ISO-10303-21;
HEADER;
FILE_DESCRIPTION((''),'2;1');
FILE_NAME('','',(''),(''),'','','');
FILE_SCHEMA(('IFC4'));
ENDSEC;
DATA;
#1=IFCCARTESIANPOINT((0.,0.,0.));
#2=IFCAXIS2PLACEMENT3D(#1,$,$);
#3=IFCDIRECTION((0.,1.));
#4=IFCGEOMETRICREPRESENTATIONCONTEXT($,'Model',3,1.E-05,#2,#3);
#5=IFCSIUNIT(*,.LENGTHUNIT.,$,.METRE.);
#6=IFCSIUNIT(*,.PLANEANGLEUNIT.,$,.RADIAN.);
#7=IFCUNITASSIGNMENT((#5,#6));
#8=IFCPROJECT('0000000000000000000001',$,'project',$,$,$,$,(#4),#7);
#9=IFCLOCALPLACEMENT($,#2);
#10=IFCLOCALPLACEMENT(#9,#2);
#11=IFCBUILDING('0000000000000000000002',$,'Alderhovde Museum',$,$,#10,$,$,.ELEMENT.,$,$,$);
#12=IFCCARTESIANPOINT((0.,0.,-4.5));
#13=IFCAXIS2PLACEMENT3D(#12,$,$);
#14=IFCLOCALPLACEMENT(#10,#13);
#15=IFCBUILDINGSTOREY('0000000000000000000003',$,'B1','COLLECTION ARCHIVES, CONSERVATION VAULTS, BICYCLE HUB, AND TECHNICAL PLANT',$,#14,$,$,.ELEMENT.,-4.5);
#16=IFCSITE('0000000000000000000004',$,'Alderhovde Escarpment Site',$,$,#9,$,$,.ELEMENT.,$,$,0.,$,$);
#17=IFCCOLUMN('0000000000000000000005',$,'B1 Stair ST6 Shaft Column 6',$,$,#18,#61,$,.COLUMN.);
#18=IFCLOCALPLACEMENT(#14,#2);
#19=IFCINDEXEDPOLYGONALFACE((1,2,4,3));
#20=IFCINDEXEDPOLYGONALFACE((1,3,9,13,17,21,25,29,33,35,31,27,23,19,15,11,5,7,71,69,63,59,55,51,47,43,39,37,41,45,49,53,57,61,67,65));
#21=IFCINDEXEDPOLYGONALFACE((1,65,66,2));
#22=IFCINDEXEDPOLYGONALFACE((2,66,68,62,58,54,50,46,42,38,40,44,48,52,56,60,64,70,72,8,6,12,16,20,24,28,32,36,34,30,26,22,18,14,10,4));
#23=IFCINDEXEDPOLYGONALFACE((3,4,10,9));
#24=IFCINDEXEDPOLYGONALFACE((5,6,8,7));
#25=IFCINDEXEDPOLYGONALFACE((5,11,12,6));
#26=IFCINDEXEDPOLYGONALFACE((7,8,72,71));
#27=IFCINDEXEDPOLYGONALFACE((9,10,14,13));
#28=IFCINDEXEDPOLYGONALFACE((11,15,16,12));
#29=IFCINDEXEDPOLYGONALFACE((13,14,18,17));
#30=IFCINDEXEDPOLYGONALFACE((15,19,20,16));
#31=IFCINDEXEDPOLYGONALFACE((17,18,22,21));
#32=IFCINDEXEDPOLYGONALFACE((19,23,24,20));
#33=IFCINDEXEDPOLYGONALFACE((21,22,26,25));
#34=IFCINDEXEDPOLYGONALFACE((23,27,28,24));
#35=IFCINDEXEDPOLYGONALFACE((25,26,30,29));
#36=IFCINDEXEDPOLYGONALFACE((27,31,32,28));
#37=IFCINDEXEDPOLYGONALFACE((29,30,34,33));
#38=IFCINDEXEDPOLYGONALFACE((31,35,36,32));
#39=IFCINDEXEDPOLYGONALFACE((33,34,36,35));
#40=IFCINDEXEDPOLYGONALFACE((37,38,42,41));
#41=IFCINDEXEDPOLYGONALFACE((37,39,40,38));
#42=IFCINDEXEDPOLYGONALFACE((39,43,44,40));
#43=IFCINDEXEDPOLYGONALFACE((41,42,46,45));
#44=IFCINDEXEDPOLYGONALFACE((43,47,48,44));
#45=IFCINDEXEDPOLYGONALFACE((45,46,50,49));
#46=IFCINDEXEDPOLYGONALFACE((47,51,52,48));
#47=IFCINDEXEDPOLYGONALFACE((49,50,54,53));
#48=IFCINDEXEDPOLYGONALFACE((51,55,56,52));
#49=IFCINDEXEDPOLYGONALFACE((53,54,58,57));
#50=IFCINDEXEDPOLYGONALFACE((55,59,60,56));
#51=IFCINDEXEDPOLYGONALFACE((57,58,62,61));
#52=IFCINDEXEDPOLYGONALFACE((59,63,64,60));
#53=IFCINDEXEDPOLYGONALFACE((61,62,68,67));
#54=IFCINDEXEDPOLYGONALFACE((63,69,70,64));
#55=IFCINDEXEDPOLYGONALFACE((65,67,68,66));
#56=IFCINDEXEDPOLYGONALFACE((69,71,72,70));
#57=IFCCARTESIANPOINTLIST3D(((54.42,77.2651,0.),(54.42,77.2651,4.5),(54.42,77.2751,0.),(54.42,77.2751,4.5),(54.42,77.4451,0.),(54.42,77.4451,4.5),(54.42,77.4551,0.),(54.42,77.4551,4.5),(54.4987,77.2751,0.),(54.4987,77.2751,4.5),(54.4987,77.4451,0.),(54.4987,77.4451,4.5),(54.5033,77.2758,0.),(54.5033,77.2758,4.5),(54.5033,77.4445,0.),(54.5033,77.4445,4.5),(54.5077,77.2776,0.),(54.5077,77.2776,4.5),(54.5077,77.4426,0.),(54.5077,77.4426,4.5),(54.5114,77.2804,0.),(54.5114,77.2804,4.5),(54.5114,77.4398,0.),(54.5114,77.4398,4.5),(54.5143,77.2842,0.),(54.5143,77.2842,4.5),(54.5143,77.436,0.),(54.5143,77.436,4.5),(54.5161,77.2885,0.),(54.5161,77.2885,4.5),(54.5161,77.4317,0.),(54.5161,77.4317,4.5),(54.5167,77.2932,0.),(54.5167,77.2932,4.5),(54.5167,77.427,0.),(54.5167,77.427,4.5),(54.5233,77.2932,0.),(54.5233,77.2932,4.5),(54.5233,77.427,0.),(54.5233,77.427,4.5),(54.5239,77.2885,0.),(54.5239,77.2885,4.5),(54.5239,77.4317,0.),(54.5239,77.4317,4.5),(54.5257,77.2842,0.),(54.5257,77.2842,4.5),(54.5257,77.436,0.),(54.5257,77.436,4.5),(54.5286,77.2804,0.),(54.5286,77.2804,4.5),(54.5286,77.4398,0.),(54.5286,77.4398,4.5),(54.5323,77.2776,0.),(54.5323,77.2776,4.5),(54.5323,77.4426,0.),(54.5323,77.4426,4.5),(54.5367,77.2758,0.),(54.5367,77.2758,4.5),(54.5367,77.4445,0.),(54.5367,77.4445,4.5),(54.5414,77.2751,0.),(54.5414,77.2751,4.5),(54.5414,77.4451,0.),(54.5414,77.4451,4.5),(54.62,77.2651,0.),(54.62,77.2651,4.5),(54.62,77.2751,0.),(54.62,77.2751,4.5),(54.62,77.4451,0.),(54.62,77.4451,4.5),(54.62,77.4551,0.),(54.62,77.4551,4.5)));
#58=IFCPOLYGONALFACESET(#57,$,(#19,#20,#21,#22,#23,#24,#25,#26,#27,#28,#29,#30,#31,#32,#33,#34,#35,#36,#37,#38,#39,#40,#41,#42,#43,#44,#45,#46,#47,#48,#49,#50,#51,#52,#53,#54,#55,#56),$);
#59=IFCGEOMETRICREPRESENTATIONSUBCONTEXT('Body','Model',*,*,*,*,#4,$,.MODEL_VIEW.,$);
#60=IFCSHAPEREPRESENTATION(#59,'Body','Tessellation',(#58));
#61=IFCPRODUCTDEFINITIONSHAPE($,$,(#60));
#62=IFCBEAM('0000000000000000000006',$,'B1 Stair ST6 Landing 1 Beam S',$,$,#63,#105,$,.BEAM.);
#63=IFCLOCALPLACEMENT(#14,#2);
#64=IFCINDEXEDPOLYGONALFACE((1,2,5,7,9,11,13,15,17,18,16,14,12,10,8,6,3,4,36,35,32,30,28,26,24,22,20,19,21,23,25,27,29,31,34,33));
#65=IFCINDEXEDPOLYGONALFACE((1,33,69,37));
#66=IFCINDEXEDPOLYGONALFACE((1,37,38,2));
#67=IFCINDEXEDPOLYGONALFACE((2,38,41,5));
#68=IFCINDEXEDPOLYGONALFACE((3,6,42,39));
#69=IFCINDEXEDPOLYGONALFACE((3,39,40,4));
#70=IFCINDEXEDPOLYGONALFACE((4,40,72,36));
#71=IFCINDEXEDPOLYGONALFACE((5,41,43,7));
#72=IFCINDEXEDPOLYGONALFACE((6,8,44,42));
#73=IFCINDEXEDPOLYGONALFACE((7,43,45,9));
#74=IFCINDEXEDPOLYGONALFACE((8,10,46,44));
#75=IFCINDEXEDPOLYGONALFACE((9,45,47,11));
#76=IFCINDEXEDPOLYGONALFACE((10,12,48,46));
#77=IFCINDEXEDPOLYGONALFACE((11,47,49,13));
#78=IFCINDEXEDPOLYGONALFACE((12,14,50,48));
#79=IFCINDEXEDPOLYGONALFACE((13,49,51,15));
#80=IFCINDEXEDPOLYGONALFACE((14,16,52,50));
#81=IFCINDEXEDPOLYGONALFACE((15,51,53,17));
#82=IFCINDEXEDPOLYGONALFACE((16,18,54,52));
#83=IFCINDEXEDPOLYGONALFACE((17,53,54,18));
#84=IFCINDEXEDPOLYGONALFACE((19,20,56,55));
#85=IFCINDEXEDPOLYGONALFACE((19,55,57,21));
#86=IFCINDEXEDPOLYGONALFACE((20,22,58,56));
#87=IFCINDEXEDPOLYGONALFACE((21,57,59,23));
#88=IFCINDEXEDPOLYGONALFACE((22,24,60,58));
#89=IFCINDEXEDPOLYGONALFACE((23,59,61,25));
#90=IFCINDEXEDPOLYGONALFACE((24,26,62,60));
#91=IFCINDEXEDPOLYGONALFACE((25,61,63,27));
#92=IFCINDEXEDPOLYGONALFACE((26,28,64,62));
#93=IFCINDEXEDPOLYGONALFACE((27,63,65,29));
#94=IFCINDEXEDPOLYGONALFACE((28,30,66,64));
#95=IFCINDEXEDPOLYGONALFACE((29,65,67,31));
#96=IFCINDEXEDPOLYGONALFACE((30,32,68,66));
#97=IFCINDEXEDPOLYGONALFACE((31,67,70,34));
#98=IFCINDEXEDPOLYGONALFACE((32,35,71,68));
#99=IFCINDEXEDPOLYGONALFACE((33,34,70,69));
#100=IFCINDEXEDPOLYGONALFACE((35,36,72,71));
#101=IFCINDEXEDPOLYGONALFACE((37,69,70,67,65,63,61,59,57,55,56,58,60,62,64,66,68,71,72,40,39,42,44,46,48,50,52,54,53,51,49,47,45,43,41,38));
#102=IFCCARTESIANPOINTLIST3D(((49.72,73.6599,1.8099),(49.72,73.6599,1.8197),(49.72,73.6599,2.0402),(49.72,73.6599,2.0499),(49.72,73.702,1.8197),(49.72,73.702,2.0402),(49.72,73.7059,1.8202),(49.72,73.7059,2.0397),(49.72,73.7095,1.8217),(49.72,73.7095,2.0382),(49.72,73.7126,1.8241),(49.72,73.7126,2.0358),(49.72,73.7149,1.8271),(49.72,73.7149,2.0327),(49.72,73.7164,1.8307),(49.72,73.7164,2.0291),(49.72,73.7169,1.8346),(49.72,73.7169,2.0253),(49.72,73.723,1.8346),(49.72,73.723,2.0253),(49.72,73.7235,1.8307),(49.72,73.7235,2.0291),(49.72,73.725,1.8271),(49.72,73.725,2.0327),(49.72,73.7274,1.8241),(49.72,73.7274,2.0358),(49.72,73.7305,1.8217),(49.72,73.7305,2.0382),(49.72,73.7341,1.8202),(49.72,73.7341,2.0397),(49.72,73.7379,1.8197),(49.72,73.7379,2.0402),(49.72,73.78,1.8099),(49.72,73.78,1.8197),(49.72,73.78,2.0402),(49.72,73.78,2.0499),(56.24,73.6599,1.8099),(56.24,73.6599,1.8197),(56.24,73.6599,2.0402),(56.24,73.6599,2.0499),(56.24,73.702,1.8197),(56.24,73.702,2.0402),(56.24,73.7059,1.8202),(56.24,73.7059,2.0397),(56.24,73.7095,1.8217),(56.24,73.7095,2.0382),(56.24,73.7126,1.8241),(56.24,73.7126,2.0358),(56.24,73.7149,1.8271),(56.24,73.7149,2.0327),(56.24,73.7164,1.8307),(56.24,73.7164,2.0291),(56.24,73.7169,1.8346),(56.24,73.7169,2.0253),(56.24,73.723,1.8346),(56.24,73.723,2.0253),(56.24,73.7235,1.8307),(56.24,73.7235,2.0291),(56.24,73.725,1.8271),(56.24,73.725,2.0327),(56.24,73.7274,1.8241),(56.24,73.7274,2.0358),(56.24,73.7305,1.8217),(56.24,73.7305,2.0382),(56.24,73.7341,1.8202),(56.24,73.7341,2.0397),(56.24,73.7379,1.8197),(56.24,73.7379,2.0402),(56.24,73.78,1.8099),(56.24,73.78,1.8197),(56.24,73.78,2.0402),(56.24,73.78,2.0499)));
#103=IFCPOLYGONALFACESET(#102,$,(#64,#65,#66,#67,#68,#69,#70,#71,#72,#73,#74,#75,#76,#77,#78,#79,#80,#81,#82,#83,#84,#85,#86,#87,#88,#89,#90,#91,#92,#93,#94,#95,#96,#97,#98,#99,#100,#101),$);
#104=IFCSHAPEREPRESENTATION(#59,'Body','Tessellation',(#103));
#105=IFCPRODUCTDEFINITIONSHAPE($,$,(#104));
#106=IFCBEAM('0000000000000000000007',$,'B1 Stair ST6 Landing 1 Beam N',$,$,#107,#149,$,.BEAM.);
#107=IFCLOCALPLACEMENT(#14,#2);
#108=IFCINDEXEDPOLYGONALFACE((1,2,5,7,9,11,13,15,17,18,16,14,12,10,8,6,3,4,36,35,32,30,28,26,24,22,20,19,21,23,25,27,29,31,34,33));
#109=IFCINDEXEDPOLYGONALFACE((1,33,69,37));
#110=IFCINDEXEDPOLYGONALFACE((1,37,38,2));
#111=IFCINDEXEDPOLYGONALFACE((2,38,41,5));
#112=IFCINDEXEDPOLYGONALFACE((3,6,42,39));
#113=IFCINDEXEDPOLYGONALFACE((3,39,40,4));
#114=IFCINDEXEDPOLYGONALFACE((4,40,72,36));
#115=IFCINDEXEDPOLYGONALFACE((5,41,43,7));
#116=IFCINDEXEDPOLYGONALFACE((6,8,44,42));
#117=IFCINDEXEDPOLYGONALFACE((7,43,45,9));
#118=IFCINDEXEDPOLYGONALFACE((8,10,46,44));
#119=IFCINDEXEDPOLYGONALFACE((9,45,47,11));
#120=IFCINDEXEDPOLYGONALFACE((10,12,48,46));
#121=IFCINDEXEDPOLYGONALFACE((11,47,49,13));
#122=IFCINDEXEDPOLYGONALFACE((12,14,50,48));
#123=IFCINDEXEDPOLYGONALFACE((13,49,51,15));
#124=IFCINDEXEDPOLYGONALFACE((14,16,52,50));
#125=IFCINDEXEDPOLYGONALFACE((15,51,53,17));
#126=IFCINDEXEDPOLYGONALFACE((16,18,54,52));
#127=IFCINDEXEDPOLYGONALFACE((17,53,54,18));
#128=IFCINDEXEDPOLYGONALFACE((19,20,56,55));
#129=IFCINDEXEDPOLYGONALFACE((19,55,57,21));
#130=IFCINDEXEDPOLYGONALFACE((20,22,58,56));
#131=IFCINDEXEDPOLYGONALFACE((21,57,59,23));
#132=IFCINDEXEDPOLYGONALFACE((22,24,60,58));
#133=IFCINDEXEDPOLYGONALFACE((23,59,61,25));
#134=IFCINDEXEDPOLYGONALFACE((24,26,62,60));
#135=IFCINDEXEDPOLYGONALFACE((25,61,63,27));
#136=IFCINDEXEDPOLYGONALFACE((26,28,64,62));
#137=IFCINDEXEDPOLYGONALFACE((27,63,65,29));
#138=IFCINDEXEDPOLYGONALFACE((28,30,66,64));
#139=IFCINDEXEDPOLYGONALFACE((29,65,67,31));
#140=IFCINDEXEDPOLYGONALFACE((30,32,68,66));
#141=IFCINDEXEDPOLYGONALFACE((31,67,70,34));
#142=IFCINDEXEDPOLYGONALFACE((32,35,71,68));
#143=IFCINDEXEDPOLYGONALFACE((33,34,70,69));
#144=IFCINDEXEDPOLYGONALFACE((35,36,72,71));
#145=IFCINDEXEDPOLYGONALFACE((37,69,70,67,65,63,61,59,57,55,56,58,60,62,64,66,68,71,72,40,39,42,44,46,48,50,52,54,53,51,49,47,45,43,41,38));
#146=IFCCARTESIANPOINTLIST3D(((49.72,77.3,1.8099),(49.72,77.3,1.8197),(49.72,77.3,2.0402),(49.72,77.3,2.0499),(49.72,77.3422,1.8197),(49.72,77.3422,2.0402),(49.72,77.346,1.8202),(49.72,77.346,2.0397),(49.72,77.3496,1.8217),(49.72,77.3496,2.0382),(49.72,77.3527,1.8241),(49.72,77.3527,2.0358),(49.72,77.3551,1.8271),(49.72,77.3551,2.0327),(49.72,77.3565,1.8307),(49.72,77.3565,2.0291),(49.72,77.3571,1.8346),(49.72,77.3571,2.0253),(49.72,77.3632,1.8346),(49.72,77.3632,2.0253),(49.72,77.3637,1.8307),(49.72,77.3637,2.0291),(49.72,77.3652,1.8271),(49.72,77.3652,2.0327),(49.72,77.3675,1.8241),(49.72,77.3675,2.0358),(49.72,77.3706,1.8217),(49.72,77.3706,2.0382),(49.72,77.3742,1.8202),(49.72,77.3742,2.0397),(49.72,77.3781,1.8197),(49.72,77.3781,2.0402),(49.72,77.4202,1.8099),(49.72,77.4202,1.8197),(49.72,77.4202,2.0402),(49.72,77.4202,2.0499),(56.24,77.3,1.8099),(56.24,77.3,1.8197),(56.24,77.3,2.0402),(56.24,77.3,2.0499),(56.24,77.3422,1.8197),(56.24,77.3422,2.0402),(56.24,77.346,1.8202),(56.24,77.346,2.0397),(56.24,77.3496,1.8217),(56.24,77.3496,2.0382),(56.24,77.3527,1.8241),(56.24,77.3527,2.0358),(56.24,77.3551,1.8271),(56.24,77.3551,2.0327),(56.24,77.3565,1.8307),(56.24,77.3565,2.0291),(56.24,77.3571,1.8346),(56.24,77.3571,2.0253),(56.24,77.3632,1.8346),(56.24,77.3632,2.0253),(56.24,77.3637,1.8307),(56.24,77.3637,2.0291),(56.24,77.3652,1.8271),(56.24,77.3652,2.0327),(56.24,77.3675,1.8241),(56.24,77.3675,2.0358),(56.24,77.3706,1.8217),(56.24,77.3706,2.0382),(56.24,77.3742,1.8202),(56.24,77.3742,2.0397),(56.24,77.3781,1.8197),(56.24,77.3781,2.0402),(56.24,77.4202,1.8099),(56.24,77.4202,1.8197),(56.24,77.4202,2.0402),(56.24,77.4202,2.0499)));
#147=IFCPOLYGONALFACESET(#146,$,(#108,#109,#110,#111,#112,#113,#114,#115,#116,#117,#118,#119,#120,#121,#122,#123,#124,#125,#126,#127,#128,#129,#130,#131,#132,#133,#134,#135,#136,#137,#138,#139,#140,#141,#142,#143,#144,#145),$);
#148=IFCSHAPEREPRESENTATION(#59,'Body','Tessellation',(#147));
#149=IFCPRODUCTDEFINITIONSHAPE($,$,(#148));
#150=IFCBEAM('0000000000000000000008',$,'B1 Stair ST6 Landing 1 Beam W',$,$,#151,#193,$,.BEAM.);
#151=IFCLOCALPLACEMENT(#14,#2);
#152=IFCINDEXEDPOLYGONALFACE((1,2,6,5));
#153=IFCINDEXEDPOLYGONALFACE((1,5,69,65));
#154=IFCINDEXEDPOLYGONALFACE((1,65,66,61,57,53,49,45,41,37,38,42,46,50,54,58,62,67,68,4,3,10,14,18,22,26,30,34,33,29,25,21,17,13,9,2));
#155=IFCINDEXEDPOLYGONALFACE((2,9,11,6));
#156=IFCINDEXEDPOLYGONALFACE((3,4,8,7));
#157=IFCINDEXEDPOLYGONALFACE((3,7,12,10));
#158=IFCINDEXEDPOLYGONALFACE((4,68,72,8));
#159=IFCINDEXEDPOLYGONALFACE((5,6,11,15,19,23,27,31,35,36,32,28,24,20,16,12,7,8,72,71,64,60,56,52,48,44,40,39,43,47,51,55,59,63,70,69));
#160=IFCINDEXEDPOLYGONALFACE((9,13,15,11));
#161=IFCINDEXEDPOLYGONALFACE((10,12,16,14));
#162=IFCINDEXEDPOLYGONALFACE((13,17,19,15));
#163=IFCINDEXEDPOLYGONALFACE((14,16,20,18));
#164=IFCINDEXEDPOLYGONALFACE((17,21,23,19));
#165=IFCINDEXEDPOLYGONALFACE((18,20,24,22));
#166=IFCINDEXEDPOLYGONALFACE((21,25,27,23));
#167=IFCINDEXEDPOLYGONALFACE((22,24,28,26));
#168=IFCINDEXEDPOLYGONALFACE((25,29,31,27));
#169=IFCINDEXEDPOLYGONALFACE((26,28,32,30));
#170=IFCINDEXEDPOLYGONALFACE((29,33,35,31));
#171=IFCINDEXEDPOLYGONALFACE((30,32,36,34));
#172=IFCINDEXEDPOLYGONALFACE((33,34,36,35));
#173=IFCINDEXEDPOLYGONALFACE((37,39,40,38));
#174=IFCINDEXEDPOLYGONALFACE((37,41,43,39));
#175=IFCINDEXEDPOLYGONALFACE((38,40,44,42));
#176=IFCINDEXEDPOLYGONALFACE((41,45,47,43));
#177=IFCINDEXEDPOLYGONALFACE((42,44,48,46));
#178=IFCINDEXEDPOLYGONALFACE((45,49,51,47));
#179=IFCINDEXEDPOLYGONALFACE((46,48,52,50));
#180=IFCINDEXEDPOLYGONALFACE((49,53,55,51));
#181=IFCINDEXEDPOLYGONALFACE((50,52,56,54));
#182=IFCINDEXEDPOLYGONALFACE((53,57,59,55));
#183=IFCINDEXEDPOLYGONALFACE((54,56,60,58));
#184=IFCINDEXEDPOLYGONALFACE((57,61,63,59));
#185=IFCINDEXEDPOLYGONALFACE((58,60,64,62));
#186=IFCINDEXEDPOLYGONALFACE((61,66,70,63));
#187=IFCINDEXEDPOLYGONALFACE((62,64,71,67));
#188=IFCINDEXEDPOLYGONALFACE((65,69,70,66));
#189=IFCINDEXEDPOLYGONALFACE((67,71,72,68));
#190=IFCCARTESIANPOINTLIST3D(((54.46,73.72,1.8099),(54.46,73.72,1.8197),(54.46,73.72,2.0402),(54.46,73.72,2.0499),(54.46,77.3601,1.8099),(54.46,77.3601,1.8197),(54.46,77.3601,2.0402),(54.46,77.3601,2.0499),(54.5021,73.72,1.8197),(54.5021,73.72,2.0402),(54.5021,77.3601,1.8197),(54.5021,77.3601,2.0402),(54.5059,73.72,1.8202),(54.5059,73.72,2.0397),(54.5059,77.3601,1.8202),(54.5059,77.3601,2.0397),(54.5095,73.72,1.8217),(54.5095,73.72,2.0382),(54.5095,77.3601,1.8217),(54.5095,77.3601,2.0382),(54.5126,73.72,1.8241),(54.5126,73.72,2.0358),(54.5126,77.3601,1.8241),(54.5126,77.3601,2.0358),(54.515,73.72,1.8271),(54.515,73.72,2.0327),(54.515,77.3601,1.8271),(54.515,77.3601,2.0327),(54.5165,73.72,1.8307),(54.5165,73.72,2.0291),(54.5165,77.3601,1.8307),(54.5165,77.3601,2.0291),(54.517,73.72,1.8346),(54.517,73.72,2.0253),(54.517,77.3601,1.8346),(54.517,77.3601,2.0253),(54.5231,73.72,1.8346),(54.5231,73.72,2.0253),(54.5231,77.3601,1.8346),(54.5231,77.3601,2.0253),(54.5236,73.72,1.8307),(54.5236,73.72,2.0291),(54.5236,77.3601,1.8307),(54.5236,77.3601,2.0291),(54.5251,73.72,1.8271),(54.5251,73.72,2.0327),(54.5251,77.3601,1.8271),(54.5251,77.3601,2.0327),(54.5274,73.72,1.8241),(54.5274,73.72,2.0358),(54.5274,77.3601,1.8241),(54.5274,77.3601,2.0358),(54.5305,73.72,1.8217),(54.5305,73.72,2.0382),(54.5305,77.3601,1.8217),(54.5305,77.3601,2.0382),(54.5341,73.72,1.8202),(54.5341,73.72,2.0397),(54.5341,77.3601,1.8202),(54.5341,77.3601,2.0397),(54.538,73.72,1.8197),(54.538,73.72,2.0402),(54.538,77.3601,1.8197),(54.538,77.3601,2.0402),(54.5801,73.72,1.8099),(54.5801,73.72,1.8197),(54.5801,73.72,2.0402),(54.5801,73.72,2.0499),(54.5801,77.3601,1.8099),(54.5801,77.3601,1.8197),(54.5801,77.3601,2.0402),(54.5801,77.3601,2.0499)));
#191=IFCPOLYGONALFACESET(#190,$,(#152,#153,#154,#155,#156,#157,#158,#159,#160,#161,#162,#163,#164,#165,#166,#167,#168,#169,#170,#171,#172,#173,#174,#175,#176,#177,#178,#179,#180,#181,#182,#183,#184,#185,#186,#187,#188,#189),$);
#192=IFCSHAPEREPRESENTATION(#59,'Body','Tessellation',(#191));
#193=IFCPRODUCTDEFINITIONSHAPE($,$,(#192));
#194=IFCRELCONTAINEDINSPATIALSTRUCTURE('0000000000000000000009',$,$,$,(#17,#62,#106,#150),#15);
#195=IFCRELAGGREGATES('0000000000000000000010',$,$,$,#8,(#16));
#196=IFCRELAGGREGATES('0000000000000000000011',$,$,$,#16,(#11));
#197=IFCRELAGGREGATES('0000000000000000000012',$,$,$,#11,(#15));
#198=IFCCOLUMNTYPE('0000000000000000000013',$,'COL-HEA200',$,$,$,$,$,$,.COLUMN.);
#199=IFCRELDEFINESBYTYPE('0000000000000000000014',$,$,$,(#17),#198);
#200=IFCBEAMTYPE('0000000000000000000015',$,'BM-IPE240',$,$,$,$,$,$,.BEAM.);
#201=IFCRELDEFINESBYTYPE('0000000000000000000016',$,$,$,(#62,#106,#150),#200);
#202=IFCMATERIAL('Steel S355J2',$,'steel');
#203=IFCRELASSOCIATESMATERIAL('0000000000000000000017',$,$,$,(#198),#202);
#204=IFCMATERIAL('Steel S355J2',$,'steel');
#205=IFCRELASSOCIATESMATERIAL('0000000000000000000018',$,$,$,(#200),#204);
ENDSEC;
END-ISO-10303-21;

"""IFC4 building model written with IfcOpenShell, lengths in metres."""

from ifc_helpers import new_model, si_unit, direction, frame, origin, origin_2d, place, context, subcontext, project, spatial, i_section, extrude, material, material_profile, profile_set, type_object, element, save


model = new_model("IFC4")

# Units and contexts
model_context = context("Model", 3, precision=1e-05, world=origin(), true_north=direction((0.0, 1.0)))
body_context = subcontext(model_context, "Body", "Model", "MODEL_VIEW")
ifc_project = project(units=[si_unit("LENGTHUNIT", "METRE"), si_unit("PLANEANGLEUNIT", "RADIAN")], contexts=[model_context])

# Site, building, storey
site_placement = place(None, origin())
site = spatial("IfcSite", under=ifc_project, at=site_placement, Name="Alderhovde Escarpment Site", CompositionType="ELEMENT", RefElevation=0.0)
building_placement = place(site_placement, origin())
building = spatial("IfcBuilding", under=site, at=building_placement, Name="Alderhovde Museum", CompositionType="ELEMENT")
storey_placement = place(building_placement, frame((0.0, 0.0, -4.5)))
storey = spatial("IfcBuildingStorey", under=building, at=storey_placement, Name="B1", Description="COLLECTION ARCHIVES, CONSERVATION VAULTS, BICYCLE HUB, AND TECHNICAL PLANT", CompositionType="ELEMENT", Elevation=-4.5)

# Column
ifc_material_1 = material(Name="Steel S355J2", Category="steel")
ifc_material_profile_1 = material_profile(ifc_material_1, i_section(OverallWidth=0.2, OverallDepth=0.1899, WebThickness=0.0066, FlangeThickness=0.01, FilletRadius=0.0181, at=origin_2d()), Name="HEA 200")
ifc_profile_set_1 = profile_set([ifc_material_profile_1], Name="Steel S355J2")
column_type = type_object("IfcColumnType", Name="COL-HEA200", PredefinedType="COLUMN", material=ifc_profile_set_1)
for number, where, z_axis, x_axis, name in (
    (1, (54.52, 77.3601, 0.0), (0.0, 0.0, 1.0), (1.0, 0.0, 0.0), "B1 Stair ST6 Shaft Column 6"),
):
    element("IfcColumn", number, at=place(storey_placement, frame(where, z_axis=z_axis, x_axis=x_axis)), inside=storey, type_object=column_type, Name=name, PredefinedType="COLUMN", context=body_context, shape_type="SweptSolid", body=[
        extrude(i_section(OverallWidth=0.2, OverallDepth=0.1899, WebThickness=0.0066, FlangeThickness=0.01, FilletRadius=0.0181, at=origin_2d()), origin(), (0.0, 0.0, 1.0), 4.5),
    ])

# Beams
ifc_material_2 = material(Name="Steel S355J2", Category="steel")
ifc_material_profile_2 = material_profile(ifc_material_2, i_section(OverallWidth=0.1201, OverallDepth=0.24, WebThickness=0.0061, FlangeThickness=0.0098, FilletRadius=0.0149, at=origin_2d()), Name="IPE 240")
ifc_profile_set_2 = profile_set([ifc_material_profile_2], Name="Steel S355J2")
beam_type = type_object("IfcBeamType", Name="BM-IPE240", PredefinedType="BEAM", material=ifc_profile_set_2)
for number, where, z_axis, x_axis, name in (
    (2, (49.72, 73.72, 1.9299), (1.0, 0.0, 0.0), (0.0, 1.0, 0.0), "B1 Stair ST6 Landing 1 Beam S"),
    (3, (49.72, 77.3601, 1.9299), (1.0, 0.0, 0.0), (0.0, 1.0, 0.0), "B1 Stair ST6 Landing 1 Beam N"),
):
    element("IfcBeam", number, at=place(storey_placement, frame(where, z_axis=z_axis, x_axis=x_axis)), inside=storey, type_object=beam_type, Name=name, PredefinedType="BEAM", context=body_context, shape_type="SweptSolid", body=[
        extrude(i_section(OverallWidth=0.1201, OverallDepth=0.24, WebThickness=0.0061, FlangeThickness=0.0098, FilletRadius=0.0149, at=origin_2d()), origin(), (0.0, 0.0, 1.0), 6.52),
    ])
for number, where, z_axis, x_axis, name in (
    (4, (54.52, 73.72, 1.9299), (0.0, 1.0, 0.0), (-1.0, 0.0, 0.0), "B1 Stair ST6 Landing 1 Beam W"),
):
    element("IfcBeam", number, at=place(storey_placement, frame(where, z_axis=z_axis, x_axis=x_axis)), inside=storey, type_object=beam_type, Name=name, PredefinedType="BEAM", context=body_context, shape_type="SweptSolid", body=[
        extrude(i_section(OverallWidth=0.1201, OverallDepth=0.24, WebThickness=0.0061, FlangeThickness=0.0098, FilletRadius=0.0149, at=origin_2d()), origin(), (0.0, 0.0, 1.0), 3.6401),
    ])

save(model, "model.ifc")
